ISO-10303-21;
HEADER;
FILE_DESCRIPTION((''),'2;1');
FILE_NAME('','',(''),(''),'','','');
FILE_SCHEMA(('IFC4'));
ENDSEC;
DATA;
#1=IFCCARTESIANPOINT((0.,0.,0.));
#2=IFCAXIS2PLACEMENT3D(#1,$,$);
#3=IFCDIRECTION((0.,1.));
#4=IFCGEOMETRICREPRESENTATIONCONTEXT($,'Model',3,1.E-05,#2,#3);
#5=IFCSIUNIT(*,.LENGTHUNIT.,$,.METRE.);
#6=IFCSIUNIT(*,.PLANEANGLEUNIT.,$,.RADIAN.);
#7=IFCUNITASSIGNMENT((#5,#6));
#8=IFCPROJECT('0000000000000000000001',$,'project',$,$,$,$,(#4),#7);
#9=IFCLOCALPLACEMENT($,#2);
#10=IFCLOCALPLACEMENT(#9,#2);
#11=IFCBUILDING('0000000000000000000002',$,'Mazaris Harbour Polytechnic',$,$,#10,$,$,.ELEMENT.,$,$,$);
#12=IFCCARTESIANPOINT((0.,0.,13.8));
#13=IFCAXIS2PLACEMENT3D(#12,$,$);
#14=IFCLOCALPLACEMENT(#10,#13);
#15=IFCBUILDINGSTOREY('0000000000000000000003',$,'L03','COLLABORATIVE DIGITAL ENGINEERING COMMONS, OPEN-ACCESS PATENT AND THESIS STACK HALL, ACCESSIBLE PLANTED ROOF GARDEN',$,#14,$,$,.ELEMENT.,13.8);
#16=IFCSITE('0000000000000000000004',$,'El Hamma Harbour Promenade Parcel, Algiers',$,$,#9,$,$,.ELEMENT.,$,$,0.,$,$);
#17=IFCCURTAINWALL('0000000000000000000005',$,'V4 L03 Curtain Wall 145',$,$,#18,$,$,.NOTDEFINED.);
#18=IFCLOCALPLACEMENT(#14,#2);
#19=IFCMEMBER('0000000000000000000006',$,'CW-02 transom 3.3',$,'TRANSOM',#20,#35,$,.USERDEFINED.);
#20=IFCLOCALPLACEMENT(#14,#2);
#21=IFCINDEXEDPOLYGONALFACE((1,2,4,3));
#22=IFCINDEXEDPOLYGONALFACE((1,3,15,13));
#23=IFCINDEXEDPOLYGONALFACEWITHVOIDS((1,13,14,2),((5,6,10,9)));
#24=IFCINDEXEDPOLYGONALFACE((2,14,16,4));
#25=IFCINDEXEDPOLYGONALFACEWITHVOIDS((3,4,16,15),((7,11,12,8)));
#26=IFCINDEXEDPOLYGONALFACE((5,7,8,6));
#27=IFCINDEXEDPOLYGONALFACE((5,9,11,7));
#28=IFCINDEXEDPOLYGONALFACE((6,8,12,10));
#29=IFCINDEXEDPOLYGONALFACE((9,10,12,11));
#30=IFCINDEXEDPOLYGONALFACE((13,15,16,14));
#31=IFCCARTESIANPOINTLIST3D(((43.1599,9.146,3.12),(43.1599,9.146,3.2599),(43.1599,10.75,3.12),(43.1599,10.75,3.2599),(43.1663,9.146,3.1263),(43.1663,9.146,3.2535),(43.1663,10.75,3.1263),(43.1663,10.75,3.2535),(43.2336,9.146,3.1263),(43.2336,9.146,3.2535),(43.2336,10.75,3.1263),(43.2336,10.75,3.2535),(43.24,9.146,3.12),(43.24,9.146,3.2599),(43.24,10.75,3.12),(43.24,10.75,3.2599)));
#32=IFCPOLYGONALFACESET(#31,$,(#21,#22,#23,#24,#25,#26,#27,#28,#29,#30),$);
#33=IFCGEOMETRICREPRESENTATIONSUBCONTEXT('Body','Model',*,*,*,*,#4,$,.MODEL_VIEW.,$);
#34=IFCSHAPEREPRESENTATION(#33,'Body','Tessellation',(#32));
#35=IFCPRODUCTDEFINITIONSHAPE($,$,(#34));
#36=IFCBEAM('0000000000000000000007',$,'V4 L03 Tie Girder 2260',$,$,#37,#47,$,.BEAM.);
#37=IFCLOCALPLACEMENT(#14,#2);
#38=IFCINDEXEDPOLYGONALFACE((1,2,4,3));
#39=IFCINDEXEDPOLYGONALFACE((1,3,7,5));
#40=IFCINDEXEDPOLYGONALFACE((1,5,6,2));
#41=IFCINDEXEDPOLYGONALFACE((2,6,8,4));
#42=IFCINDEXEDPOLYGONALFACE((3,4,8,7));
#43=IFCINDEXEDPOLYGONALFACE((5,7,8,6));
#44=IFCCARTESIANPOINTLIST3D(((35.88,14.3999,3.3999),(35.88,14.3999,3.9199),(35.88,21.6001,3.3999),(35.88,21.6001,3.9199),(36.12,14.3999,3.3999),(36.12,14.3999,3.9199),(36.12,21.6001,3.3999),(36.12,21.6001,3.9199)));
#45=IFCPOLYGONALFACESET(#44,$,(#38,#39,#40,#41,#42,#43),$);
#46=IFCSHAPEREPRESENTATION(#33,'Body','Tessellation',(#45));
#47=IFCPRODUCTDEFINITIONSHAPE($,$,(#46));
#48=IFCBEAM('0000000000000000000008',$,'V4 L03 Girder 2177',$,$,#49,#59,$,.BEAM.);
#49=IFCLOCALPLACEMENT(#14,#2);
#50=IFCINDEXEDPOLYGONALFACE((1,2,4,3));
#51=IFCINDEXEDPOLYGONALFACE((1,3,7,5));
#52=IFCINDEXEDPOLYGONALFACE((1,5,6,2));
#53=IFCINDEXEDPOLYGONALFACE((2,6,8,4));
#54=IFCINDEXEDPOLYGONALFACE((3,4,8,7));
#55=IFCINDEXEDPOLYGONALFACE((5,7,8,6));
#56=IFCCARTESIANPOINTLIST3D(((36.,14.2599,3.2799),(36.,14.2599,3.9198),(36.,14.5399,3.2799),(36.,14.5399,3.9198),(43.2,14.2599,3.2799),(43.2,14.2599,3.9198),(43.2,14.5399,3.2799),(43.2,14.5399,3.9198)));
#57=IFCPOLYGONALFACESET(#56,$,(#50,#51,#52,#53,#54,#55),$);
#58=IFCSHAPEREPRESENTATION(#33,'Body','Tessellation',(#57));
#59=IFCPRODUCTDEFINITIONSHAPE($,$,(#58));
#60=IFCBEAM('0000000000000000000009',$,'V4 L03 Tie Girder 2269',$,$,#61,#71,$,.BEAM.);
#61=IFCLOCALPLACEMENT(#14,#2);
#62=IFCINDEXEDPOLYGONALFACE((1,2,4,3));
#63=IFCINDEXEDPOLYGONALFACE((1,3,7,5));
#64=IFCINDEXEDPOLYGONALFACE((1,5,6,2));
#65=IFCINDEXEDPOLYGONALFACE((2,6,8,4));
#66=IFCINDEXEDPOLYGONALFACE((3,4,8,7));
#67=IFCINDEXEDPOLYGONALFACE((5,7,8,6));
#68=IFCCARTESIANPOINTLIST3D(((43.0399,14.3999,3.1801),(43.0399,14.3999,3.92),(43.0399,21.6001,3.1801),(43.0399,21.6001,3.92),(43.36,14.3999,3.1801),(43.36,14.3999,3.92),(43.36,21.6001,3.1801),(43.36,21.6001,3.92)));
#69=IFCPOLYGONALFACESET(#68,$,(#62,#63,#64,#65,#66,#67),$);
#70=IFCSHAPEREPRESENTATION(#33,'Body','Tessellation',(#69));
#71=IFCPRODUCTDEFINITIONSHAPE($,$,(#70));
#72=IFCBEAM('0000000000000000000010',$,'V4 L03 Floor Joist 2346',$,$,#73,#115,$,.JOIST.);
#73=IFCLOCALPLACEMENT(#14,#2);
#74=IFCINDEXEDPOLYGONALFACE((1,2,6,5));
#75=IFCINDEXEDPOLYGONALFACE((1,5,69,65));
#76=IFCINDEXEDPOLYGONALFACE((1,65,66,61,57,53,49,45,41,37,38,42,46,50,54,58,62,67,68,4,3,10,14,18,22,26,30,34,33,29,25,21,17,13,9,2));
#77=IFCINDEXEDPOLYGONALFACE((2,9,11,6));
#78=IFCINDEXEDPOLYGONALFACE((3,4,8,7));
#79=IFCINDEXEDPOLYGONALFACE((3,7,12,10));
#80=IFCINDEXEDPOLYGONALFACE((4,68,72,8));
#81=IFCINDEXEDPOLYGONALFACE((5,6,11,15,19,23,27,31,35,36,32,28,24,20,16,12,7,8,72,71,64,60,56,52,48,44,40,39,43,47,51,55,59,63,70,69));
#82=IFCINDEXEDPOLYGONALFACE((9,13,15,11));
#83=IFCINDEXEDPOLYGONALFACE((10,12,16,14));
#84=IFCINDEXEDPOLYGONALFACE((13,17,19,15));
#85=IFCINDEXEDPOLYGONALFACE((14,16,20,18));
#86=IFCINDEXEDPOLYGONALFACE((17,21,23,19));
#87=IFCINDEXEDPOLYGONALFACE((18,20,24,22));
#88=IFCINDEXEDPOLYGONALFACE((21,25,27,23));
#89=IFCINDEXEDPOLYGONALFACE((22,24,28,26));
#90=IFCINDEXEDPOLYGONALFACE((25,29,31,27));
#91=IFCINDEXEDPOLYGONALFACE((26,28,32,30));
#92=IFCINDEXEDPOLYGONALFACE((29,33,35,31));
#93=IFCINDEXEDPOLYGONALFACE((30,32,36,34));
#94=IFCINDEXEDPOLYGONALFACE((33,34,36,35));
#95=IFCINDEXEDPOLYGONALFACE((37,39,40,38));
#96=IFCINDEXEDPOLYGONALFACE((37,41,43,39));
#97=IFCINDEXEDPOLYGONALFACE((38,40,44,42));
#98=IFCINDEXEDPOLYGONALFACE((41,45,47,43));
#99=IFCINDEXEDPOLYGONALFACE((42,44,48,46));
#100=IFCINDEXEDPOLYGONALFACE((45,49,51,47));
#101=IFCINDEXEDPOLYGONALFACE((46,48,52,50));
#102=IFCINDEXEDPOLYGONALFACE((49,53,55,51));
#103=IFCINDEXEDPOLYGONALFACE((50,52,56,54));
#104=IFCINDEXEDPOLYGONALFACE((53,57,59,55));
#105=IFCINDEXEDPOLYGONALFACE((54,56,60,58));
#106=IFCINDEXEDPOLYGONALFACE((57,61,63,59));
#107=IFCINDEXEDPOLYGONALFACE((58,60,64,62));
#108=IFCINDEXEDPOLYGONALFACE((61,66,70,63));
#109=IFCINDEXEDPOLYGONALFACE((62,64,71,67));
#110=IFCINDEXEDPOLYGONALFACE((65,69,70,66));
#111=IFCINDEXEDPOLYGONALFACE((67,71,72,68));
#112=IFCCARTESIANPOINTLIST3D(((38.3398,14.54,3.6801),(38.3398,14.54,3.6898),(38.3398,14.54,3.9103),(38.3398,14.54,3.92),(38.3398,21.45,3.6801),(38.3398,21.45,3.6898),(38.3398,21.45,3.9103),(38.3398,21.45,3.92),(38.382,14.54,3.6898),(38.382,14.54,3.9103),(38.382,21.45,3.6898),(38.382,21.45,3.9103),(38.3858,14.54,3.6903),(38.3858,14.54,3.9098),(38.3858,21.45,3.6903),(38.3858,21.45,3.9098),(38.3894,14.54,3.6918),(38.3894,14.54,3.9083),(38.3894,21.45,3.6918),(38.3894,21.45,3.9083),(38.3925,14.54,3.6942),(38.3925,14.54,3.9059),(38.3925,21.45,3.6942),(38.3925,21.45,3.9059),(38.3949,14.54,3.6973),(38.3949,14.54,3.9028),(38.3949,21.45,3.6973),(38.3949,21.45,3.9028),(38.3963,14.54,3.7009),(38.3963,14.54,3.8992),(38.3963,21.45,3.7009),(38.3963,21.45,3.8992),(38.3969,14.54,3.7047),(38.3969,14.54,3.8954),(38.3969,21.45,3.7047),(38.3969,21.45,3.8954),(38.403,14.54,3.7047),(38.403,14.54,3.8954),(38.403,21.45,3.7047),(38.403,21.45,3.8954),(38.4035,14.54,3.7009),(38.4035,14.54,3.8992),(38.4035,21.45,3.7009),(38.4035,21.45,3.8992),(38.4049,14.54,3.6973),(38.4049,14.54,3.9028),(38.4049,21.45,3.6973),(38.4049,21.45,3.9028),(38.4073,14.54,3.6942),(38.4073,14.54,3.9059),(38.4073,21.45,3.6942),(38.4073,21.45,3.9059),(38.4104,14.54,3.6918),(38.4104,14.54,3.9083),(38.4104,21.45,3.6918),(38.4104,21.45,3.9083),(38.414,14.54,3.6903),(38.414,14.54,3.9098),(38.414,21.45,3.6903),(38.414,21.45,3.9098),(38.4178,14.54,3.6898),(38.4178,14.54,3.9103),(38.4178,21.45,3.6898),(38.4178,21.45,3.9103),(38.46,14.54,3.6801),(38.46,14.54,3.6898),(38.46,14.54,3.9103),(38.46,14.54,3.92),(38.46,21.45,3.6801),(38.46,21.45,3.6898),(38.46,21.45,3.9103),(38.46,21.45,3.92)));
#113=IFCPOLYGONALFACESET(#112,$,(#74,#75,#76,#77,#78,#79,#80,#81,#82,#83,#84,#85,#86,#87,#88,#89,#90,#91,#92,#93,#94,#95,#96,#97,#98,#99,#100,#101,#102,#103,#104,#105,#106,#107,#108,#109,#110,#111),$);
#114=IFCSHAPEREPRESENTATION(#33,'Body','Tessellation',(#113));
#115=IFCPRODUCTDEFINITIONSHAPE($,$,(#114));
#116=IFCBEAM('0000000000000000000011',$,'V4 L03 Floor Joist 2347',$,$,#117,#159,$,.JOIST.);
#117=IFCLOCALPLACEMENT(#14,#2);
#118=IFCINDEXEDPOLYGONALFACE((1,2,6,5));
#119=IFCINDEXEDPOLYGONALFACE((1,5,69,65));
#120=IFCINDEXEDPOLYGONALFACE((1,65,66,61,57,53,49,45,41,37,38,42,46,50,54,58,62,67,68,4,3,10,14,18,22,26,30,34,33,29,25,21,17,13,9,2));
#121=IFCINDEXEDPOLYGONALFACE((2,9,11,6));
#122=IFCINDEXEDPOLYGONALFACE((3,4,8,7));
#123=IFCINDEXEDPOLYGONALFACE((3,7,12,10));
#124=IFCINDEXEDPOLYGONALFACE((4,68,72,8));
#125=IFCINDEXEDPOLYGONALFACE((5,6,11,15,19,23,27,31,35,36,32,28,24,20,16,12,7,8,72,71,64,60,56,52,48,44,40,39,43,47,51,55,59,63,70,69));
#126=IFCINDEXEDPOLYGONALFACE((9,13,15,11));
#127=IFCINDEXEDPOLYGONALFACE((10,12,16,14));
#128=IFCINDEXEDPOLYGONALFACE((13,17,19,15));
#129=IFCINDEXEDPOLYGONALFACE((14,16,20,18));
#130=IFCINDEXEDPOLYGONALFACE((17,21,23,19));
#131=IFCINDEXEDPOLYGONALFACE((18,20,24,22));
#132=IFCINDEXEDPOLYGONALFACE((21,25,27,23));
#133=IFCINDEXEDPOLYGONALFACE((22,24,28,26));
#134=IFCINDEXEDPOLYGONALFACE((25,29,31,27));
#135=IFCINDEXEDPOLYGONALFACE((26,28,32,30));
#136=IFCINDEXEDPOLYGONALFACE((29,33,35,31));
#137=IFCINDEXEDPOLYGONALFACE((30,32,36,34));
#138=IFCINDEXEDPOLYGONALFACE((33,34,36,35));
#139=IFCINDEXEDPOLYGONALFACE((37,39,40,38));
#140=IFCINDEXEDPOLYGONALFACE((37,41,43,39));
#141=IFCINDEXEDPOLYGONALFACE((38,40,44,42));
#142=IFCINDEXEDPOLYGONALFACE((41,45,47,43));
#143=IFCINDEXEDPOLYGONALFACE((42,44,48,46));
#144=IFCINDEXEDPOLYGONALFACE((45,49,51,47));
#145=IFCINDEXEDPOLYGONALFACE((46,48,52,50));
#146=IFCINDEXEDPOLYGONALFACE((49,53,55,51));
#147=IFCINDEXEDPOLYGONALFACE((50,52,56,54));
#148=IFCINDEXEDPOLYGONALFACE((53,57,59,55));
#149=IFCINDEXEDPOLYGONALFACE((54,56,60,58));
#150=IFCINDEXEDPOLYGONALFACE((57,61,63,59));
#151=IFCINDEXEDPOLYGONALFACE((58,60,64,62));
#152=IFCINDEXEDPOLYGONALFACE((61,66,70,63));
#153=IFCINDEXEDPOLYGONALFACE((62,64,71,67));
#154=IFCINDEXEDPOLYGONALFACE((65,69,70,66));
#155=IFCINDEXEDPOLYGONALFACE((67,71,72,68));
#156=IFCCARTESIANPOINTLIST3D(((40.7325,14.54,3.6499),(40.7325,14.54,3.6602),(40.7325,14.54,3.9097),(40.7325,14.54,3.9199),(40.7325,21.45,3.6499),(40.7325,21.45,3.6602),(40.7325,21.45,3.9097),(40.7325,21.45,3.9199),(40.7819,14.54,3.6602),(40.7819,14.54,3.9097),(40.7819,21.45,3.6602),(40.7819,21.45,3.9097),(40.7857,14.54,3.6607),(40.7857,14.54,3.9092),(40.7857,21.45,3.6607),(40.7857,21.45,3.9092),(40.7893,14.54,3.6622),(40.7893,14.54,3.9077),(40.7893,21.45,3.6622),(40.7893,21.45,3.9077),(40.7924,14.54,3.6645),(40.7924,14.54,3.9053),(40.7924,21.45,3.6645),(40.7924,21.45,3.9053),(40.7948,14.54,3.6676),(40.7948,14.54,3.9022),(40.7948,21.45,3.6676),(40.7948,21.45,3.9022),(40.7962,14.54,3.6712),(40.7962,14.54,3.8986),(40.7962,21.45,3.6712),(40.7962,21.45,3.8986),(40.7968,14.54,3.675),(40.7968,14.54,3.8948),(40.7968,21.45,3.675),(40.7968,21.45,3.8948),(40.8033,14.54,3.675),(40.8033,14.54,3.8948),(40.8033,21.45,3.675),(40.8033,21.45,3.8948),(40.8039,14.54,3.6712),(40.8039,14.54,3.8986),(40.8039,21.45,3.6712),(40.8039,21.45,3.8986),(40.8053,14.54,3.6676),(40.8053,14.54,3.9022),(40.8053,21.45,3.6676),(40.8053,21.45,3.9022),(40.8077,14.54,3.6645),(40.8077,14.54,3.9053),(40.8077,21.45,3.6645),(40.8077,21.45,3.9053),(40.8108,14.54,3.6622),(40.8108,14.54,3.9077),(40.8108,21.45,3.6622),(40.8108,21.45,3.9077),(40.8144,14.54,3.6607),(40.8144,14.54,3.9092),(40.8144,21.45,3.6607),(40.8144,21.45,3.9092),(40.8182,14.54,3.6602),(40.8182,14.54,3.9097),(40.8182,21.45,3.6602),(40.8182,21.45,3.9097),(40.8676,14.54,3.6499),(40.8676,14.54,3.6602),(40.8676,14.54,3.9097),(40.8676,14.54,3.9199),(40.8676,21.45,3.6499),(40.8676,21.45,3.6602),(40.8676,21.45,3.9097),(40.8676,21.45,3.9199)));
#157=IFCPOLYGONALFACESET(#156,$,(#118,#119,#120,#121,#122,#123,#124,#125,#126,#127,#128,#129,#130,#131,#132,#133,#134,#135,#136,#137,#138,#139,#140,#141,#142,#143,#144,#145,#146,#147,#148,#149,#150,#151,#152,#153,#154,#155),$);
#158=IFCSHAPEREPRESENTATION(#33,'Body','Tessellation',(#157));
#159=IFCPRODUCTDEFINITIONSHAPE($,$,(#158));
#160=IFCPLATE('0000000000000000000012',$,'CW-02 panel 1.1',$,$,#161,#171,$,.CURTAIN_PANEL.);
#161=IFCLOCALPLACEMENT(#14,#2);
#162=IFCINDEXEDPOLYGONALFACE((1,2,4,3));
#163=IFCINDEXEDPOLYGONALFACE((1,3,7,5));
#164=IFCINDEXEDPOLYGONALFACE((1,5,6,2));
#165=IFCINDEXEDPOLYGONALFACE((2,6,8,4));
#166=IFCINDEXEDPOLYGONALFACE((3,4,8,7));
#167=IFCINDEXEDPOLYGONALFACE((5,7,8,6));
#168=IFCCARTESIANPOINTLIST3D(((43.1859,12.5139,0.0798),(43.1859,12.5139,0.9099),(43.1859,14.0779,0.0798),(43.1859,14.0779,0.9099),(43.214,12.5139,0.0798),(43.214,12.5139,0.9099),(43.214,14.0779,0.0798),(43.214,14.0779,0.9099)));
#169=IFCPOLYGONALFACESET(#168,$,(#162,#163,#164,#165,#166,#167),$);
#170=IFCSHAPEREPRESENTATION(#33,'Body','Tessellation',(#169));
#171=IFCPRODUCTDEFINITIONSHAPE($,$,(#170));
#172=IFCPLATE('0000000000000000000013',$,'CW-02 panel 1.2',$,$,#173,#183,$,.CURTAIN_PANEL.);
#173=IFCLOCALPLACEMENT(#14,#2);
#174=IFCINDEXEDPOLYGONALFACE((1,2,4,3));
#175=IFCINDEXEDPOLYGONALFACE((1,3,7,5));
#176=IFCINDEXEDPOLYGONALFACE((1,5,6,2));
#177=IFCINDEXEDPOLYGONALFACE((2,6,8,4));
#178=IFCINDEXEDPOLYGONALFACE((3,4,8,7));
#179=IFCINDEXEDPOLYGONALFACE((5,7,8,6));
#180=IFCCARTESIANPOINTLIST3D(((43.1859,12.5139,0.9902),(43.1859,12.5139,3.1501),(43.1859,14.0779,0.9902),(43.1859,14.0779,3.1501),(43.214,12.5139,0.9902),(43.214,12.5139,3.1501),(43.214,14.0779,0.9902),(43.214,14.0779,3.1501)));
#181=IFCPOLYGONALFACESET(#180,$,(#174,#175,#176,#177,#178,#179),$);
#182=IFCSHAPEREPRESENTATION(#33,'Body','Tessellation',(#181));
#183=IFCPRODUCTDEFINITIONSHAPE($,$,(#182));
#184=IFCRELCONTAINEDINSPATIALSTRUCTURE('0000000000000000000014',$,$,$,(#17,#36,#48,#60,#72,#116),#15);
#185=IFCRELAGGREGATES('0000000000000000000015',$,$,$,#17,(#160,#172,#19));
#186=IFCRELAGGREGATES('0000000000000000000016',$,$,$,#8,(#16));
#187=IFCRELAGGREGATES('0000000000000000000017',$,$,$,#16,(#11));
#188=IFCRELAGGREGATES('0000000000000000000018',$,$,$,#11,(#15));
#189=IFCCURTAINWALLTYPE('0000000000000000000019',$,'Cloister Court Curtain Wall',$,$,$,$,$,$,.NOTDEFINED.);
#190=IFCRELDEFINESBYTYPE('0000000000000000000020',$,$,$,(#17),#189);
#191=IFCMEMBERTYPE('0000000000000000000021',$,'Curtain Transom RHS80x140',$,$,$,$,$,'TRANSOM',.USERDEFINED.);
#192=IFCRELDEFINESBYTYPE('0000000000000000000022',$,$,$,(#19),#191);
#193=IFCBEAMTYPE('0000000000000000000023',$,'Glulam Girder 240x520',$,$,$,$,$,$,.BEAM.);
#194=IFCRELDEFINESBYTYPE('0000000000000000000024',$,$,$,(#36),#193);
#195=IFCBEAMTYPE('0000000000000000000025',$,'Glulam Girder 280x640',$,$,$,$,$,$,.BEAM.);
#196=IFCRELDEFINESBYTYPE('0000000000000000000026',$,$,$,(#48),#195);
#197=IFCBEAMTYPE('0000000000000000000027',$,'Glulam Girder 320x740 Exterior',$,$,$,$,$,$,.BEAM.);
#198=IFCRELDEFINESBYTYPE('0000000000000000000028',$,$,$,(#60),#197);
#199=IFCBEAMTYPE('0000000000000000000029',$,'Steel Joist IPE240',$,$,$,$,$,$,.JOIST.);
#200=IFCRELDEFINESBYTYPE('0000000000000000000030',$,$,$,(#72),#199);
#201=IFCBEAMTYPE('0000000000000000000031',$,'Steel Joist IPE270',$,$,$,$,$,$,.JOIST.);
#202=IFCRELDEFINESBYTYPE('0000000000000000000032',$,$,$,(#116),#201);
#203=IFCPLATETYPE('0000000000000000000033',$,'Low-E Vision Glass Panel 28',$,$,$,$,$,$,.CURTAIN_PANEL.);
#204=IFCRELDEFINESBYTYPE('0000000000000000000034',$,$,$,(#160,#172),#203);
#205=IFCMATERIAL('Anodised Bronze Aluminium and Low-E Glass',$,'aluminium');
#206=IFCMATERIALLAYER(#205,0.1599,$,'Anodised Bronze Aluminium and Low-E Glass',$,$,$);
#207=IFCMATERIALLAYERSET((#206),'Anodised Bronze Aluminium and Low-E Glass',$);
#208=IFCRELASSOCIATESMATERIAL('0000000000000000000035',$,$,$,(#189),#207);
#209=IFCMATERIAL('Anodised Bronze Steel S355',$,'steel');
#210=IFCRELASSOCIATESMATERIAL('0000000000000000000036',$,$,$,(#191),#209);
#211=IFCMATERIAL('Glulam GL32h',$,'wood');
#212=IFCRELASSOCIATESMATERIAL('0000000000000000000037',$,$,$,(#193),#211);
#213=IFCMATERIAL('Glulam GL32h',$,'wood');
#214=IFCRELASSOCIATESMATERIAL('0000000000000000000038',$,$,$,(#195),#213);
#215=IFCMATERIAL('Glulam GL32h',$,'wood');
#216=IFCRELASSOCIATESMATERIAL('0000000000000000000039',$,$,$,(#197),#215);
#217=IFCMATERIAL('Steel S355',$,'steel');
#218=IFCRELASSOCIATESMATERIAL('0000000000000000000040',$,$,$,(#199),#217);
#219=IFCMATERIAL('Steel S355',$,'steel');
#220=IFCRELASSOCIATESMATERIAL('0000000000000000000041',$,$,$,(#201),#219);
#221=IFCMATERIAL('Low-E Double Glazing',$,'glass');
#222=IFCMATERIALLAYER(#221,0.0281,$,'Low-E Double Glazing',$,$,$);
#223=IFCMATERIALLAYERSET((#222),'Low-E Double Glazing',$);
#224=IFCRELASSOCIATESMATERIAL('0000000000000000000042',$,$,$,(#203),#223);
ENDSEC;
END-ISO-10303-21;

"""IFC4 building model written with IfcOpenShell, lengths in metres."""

from ifc_helpers import new_model, si_unit, direction, frame, origin, origin_2d, place, context, subcontext, project, spatial, rectangle, hollow_rectangle, i_section, extrude, material, layer, layer_set, material_profile, profile_set, type_object, element, aggregate, save


model = new_model("IFC4")

# Units and contexts
model_context = context("Model", 3, precision=1e-05, world=origin(), true_north=direction((0.0, 1.0)))
body_context = subcontext(model_context, "Body", "Model", "MODEL_VIEW")
ifc_project = project(units=[si_unit("LENGTHUNIT", "METRE"), si_unit("PLANEANGLEUNIT", "RADIAN")], contexts=[model_context])

# Site, building, storey
site_placement = place(None, origin())
site = spatial("IfcSite", under=ifc_project, at=site_placement, Name="El Hamma Harbour Promenade Parcel, Algiers", CompositionType="ELEMENT", RefElevation=0.0)
building_placement = place(site_placement, origin())
building = spatial("IfcBuilding", under=site, at=building_placement, Name="Mazaris Harbour Polytechnic", CompositionType="ELEMENT")
storey_placement = place(building_placement, frame((0.0, 0.0, 13.8)))
storey = spatial("IfcBuildingStorey", under=building, at=storey_placement, Name="L03", Description="COLLABORATIVE DIGITAL ENGINEERING COMMONS, OPEN-ACCESS PATENT AND THESIS STACK HALL, ACCESSIBLE PLANTED ROOF GARDEN", CompositionType="ELEMENT", Elevation=13.8)

# Curtain wall, member
ifc_material_1 = material(Name="Anodised Bronze Aluminium and Low-E Glass", Category="aluminium")
ifc_layer_1 = layer(ifc_material_1, 0.1599, Name="Anodised Bronze Aluminium and Low-E Glass")
ifc_layer_set_1 = layer_set([ifc_layer_1], Name="Anodised Bronze Aluminium and Low-E Glass")
curtain_wall_type = type_object("IfcCurtainWallType", Name="Cloister Court Curtain Wall", PredefinedType="NOTDEFINED", material=ifc_layer_set_1)
curtain_wall_placement = place(storey_placement, origin())
curtain_wall = element("IfcCurtainWall", 1, at=curtain_wall_placement, inside=storey, type_object=curtain_wall_type, Name="V4 L03 Curtain Wall 145", PredefinedType="NOTDEFINED")
ifc_material_2 = material(Name="Anodised Bronze Steel S355", Category="steel")
ifc_material_profile_1 = material_profile(ifc_material_2, hollow_rectangle(XDim=0.0801, YDim=0.1399, WallThickness=0.0063, at=origin_2d()), Name="RHS 80x140x6.3")
ifc_profile_set_1 = profile_set([ifc_material_profile_1], Name="Anodised Bronze Steel S355")
member_type_1 = type_object("IfcMemberType", Name="Curtain Transom RHS80x140", ElementType="TRANSOM", PredefinedType="USERDEFINED", material=ifc_profile_set_1)
member_1_placement = place(storey_placement, frame((43.2, 10.75, 3.1899), z_axis=(0.0, -1.0, 0.0), x_axis=(1.0, 0.0, 0.0)))
member_1 = element("IfcMember", 2, at=member_1_placement, type_object=member_type_1, Name="CW-02 transom 3.3", ObjectType="TRANSOM", PredefinedType="USERDEFINED", context=body_context, shape_type="SweptSolid", body=[
    extrude(hollow_rectangle(XDim=0.0801, YDim=0.1399, WallThickness=0.0063, at=origin_2d()), origin(), (0.0, 0.0, 1.0), 1.604),
])

# Beams
ifc_material_3 = material(Name="Glulam GL32h", Category="wood")
ifc_material_profile_2 = material_profile(ifc_material_3, rectangle(XDim=0.24, YDim=0.52, at=origin_2d()), Name="RECT240x520")
ifc_profile_set_2 = profile_set([ifc_material_profile_2], Name="Glulam GL32h")
beam_type_1 = type_object("IfcBeamType", Name="Glulam Girder 240x520", PredefinedType="BEAM", material=ifc_profile_set_2)
beam_1_placement = place(storey_placement, frame((36.0, 14.3999, 3.6599), z_axis=(0.0, 1.0, 0.0), x_axis=(-1.0, 0.0, 0.0)))
element("IfcBeam", 3, at=beam_1_placement, inside=storey, type_object=beam_type_1, Name="V4 L03 Tie Girder 2260", PredefinedType="BEAM", context=body_context, shape_type="SweptSolid", body=[
    extrude(rectangle(XDim=0.24, YDim=0.52, at=origin_2d()), origin(), (0.0, 0.0, 1.0), 7.2002),
])
ifc_material_4 = material(Name="Glulam GL32h", Category="wood")
ifc_material_profile_3 = material_profile(ifc_material_4, rectangle(XDim=0.28, YDim=0.6399, at=origin_2d()), Name="RECT280x640")
ifc_profile_set_3 = profile_set([ifc_material_profile_3], Name="Glulam GL32h")
beam_type_2 = type_object("IfcBeamType", Name="Glulam Girder 280x640", PredefinedType="BEAM", material=ifc_profile_set_3)
beam_2_placement = place(storey_placement, frame((36.0, 14.3999, 3.5999), z_axis=(1.0, 0.0, 0.0), x_axis=(0.0, 1.0, 0.0)))
element("IfcBeam", 4, at=beam_2_placement, inside=storey, type_object=beam_type_2, Name="V4 L03 Girder 2177", PredefinedType="BEAM", context=body_context, shape_type="SweptSolid", body=[
    extrude(rectangle(XDim=0.28, YDim=0.6399, at=origin_2d()), origin(), (0.0, 0.0, 1.0), 7.2),
])
ifc_material_5 = material(Name="Glulam GL32h", Category="wood")
ifc_material_profile_4 = material_profile(ifc_material_5, rectangle(XDim=0.3201, YDim=0.74, at=origin_2d()), Name="RECT320x740")
ifc_profile_set_4 = profile_set([ifc_material_profile_4], Name="Glulam GL32h")
beam_type_3 = type_object("IfcBeamType", Name="Glulam Girder 320x740 Exterior", PredefinedType="BEAM", material=ifc_profile_set_4)
beam_3_placement = place(storey_placement, frame((43.2, 14.3999, 3.55), z_axis=(0.0, 1.0, 0.0), x_axis=(-1.0, 0.0, 0.0)))
element("IfcBeam", 5, at=beam_3_placement, inside=storey, type_object=beam_type_3, Name="V4 L03 Tie Girder 2269", PredefinedType="BEAM", context=body_context, shape_type="SweptSolid", body=[
    extrude(rectangle(XDim=0.3201, YDim=0.74, at=origin_2d()), origin(), (0.0, 0.0, 1.0), 7.2002),
])
ifc_material_6 = material(Name="Steel S355", Category="steel")
ifc_material_profile_5 = material_profile(ifc_material_6, i_section(OverallWidth=0.1201, OverallDepth=0.24, WebThickness=0.0061, FlangeThickness=0.0098, FilletRadius=0.0149, at=origin_2d()), Name="IPE 240")
ifc_profile_set_5 = profile_set([ifc_material_profile_5], Name="Steel S355")
beam_type_4 = type_object("IfcBeamType", Name="Steel Joist IPE240", PredefinedType="JOIST", material=ifc_profile_set_5)
beam_4_placement = place(storey_placement, frame((38.3999, 14.54, 3.8), z_axis=(0.0, 1.0, 0.0), x_axis=(-1.0, 0.0, 0.0)))
element("IfcBeam", 6, at=beam_4_placement, inside=storey, type_object=beam_type_4, Name="V4 L03 Floor Joist 2346", PredefinedType="JOIST", context=body_context, shape_type="SweptSolid", body=[
    extrude(i_section(OverallWidth=0.1201, OverallDepth=0.24, WebThickness=0.0061, FlangeThickness=0.0098, FilletRadius=0.0149, at=origin_2d()), origin(), (0.0, 0.0, 1.0), 6.9099),
])
ifc_material_7 = material(Name="Steel S355", Category="steel")
ifc_material_profile_6 = material_profile(ifc_material_7, i_section(OverallWidth=0.135, OverallDepth=0.27, WebThickness=0.0066, FlangeThickness=0.0103, FilletRadius=0.0149, at=origin_2d()), Name="IPE 270")
ifc_profile_set_6 = profile_set([ifc_material_profile_6], Name="Steel S355")
beam_type_5 = type_object("IfcBeamType", Name="Steel Joist IPE270", PredefinedType="JOIST", material=ifc_profile_set_6)
beam_5_placement = place(storey_placement, frame((40.8, 14.54, 3.7849), z_axis=(0.0, 1.0, 0.0), x_axis=(-1.0, 0.0, 0.0)))
element("IfcBeam", 7, at=beam_5_placement, inside=storey, type_object=beam_type_5, Name="V4 L03 Floor Joist 2347", PredefinedType="JOIST", context=body_context, shape_type="SweptSolid", body=[
    extrude(i_section(OverallWidth=0.135, OverallDepth=0.27, WebThickness=0.0066, FlangeThickness=0.0103, FilletRadius=0.0149, at=origin_2d()), origin(), (0.0, 0.0, 1.0), 6.9099),
])

# Plates
ifc_material_8 = material(Name="Low-E Double Glazing", Category="glass")
ifc_layer_2 = layer(ifc_material_8, 0.0281, Name="Low-E Double Glazing")
ifc_layer_set_2 = layer_set([ifc_layer_2], Name="Low-E Double Glazing")
plate_type = type_object("IfcPlateType", Name="Low-E Vision Glass Panel 28", PredefinedType="CURTAIN_PANEL", material=ifc_layer_set_2)
plate_1_placement = place(storey_placement, frame((43.2, 13.2959, 0.0798), z_axis=(0.0, 0.0, 1.0), x_axis=(0.0, -1.0, 0.0)))
plate_1 = element("IfcPlate", 8, at=plate_1_placement, type_object=plate_type, Name="CW-02 panel 1.1", PredefinedType="CURTAIN_PANEL", context=body_context, shape_type="SweptSolid", body=[
    extrude(rectangle(XDim=1.564, YDim=0.0281, at=origin_2d()), origin(), (0.0, 0.0, 1.0), 0.8301),
])
plate_2_placement = place(storey_placement, frame((43.2, 13.2959, 0.9902), z_axis=(0.0, 0.0, 1.0), x_axis=(0.0, -1.0, 0.0)))
plate_2 = element("IfcPlate", 9, at=plate_2_placement, type_object=plate_type, Name="CW-02 panel 1.2", PredefinedType="CURTAIN_PANEL", context=body_context, shape_type="SweptSolid", body=[
    extrude(rectangle(XDim=1.564, YDim=0.0281, at=origin_2d()), origin(), (0.0, 0.0, 1.0), 2.1599),
])
aggregate(curtain_wall, [plate_1, plate_2, member_1])

save(model, "model.ifc")
